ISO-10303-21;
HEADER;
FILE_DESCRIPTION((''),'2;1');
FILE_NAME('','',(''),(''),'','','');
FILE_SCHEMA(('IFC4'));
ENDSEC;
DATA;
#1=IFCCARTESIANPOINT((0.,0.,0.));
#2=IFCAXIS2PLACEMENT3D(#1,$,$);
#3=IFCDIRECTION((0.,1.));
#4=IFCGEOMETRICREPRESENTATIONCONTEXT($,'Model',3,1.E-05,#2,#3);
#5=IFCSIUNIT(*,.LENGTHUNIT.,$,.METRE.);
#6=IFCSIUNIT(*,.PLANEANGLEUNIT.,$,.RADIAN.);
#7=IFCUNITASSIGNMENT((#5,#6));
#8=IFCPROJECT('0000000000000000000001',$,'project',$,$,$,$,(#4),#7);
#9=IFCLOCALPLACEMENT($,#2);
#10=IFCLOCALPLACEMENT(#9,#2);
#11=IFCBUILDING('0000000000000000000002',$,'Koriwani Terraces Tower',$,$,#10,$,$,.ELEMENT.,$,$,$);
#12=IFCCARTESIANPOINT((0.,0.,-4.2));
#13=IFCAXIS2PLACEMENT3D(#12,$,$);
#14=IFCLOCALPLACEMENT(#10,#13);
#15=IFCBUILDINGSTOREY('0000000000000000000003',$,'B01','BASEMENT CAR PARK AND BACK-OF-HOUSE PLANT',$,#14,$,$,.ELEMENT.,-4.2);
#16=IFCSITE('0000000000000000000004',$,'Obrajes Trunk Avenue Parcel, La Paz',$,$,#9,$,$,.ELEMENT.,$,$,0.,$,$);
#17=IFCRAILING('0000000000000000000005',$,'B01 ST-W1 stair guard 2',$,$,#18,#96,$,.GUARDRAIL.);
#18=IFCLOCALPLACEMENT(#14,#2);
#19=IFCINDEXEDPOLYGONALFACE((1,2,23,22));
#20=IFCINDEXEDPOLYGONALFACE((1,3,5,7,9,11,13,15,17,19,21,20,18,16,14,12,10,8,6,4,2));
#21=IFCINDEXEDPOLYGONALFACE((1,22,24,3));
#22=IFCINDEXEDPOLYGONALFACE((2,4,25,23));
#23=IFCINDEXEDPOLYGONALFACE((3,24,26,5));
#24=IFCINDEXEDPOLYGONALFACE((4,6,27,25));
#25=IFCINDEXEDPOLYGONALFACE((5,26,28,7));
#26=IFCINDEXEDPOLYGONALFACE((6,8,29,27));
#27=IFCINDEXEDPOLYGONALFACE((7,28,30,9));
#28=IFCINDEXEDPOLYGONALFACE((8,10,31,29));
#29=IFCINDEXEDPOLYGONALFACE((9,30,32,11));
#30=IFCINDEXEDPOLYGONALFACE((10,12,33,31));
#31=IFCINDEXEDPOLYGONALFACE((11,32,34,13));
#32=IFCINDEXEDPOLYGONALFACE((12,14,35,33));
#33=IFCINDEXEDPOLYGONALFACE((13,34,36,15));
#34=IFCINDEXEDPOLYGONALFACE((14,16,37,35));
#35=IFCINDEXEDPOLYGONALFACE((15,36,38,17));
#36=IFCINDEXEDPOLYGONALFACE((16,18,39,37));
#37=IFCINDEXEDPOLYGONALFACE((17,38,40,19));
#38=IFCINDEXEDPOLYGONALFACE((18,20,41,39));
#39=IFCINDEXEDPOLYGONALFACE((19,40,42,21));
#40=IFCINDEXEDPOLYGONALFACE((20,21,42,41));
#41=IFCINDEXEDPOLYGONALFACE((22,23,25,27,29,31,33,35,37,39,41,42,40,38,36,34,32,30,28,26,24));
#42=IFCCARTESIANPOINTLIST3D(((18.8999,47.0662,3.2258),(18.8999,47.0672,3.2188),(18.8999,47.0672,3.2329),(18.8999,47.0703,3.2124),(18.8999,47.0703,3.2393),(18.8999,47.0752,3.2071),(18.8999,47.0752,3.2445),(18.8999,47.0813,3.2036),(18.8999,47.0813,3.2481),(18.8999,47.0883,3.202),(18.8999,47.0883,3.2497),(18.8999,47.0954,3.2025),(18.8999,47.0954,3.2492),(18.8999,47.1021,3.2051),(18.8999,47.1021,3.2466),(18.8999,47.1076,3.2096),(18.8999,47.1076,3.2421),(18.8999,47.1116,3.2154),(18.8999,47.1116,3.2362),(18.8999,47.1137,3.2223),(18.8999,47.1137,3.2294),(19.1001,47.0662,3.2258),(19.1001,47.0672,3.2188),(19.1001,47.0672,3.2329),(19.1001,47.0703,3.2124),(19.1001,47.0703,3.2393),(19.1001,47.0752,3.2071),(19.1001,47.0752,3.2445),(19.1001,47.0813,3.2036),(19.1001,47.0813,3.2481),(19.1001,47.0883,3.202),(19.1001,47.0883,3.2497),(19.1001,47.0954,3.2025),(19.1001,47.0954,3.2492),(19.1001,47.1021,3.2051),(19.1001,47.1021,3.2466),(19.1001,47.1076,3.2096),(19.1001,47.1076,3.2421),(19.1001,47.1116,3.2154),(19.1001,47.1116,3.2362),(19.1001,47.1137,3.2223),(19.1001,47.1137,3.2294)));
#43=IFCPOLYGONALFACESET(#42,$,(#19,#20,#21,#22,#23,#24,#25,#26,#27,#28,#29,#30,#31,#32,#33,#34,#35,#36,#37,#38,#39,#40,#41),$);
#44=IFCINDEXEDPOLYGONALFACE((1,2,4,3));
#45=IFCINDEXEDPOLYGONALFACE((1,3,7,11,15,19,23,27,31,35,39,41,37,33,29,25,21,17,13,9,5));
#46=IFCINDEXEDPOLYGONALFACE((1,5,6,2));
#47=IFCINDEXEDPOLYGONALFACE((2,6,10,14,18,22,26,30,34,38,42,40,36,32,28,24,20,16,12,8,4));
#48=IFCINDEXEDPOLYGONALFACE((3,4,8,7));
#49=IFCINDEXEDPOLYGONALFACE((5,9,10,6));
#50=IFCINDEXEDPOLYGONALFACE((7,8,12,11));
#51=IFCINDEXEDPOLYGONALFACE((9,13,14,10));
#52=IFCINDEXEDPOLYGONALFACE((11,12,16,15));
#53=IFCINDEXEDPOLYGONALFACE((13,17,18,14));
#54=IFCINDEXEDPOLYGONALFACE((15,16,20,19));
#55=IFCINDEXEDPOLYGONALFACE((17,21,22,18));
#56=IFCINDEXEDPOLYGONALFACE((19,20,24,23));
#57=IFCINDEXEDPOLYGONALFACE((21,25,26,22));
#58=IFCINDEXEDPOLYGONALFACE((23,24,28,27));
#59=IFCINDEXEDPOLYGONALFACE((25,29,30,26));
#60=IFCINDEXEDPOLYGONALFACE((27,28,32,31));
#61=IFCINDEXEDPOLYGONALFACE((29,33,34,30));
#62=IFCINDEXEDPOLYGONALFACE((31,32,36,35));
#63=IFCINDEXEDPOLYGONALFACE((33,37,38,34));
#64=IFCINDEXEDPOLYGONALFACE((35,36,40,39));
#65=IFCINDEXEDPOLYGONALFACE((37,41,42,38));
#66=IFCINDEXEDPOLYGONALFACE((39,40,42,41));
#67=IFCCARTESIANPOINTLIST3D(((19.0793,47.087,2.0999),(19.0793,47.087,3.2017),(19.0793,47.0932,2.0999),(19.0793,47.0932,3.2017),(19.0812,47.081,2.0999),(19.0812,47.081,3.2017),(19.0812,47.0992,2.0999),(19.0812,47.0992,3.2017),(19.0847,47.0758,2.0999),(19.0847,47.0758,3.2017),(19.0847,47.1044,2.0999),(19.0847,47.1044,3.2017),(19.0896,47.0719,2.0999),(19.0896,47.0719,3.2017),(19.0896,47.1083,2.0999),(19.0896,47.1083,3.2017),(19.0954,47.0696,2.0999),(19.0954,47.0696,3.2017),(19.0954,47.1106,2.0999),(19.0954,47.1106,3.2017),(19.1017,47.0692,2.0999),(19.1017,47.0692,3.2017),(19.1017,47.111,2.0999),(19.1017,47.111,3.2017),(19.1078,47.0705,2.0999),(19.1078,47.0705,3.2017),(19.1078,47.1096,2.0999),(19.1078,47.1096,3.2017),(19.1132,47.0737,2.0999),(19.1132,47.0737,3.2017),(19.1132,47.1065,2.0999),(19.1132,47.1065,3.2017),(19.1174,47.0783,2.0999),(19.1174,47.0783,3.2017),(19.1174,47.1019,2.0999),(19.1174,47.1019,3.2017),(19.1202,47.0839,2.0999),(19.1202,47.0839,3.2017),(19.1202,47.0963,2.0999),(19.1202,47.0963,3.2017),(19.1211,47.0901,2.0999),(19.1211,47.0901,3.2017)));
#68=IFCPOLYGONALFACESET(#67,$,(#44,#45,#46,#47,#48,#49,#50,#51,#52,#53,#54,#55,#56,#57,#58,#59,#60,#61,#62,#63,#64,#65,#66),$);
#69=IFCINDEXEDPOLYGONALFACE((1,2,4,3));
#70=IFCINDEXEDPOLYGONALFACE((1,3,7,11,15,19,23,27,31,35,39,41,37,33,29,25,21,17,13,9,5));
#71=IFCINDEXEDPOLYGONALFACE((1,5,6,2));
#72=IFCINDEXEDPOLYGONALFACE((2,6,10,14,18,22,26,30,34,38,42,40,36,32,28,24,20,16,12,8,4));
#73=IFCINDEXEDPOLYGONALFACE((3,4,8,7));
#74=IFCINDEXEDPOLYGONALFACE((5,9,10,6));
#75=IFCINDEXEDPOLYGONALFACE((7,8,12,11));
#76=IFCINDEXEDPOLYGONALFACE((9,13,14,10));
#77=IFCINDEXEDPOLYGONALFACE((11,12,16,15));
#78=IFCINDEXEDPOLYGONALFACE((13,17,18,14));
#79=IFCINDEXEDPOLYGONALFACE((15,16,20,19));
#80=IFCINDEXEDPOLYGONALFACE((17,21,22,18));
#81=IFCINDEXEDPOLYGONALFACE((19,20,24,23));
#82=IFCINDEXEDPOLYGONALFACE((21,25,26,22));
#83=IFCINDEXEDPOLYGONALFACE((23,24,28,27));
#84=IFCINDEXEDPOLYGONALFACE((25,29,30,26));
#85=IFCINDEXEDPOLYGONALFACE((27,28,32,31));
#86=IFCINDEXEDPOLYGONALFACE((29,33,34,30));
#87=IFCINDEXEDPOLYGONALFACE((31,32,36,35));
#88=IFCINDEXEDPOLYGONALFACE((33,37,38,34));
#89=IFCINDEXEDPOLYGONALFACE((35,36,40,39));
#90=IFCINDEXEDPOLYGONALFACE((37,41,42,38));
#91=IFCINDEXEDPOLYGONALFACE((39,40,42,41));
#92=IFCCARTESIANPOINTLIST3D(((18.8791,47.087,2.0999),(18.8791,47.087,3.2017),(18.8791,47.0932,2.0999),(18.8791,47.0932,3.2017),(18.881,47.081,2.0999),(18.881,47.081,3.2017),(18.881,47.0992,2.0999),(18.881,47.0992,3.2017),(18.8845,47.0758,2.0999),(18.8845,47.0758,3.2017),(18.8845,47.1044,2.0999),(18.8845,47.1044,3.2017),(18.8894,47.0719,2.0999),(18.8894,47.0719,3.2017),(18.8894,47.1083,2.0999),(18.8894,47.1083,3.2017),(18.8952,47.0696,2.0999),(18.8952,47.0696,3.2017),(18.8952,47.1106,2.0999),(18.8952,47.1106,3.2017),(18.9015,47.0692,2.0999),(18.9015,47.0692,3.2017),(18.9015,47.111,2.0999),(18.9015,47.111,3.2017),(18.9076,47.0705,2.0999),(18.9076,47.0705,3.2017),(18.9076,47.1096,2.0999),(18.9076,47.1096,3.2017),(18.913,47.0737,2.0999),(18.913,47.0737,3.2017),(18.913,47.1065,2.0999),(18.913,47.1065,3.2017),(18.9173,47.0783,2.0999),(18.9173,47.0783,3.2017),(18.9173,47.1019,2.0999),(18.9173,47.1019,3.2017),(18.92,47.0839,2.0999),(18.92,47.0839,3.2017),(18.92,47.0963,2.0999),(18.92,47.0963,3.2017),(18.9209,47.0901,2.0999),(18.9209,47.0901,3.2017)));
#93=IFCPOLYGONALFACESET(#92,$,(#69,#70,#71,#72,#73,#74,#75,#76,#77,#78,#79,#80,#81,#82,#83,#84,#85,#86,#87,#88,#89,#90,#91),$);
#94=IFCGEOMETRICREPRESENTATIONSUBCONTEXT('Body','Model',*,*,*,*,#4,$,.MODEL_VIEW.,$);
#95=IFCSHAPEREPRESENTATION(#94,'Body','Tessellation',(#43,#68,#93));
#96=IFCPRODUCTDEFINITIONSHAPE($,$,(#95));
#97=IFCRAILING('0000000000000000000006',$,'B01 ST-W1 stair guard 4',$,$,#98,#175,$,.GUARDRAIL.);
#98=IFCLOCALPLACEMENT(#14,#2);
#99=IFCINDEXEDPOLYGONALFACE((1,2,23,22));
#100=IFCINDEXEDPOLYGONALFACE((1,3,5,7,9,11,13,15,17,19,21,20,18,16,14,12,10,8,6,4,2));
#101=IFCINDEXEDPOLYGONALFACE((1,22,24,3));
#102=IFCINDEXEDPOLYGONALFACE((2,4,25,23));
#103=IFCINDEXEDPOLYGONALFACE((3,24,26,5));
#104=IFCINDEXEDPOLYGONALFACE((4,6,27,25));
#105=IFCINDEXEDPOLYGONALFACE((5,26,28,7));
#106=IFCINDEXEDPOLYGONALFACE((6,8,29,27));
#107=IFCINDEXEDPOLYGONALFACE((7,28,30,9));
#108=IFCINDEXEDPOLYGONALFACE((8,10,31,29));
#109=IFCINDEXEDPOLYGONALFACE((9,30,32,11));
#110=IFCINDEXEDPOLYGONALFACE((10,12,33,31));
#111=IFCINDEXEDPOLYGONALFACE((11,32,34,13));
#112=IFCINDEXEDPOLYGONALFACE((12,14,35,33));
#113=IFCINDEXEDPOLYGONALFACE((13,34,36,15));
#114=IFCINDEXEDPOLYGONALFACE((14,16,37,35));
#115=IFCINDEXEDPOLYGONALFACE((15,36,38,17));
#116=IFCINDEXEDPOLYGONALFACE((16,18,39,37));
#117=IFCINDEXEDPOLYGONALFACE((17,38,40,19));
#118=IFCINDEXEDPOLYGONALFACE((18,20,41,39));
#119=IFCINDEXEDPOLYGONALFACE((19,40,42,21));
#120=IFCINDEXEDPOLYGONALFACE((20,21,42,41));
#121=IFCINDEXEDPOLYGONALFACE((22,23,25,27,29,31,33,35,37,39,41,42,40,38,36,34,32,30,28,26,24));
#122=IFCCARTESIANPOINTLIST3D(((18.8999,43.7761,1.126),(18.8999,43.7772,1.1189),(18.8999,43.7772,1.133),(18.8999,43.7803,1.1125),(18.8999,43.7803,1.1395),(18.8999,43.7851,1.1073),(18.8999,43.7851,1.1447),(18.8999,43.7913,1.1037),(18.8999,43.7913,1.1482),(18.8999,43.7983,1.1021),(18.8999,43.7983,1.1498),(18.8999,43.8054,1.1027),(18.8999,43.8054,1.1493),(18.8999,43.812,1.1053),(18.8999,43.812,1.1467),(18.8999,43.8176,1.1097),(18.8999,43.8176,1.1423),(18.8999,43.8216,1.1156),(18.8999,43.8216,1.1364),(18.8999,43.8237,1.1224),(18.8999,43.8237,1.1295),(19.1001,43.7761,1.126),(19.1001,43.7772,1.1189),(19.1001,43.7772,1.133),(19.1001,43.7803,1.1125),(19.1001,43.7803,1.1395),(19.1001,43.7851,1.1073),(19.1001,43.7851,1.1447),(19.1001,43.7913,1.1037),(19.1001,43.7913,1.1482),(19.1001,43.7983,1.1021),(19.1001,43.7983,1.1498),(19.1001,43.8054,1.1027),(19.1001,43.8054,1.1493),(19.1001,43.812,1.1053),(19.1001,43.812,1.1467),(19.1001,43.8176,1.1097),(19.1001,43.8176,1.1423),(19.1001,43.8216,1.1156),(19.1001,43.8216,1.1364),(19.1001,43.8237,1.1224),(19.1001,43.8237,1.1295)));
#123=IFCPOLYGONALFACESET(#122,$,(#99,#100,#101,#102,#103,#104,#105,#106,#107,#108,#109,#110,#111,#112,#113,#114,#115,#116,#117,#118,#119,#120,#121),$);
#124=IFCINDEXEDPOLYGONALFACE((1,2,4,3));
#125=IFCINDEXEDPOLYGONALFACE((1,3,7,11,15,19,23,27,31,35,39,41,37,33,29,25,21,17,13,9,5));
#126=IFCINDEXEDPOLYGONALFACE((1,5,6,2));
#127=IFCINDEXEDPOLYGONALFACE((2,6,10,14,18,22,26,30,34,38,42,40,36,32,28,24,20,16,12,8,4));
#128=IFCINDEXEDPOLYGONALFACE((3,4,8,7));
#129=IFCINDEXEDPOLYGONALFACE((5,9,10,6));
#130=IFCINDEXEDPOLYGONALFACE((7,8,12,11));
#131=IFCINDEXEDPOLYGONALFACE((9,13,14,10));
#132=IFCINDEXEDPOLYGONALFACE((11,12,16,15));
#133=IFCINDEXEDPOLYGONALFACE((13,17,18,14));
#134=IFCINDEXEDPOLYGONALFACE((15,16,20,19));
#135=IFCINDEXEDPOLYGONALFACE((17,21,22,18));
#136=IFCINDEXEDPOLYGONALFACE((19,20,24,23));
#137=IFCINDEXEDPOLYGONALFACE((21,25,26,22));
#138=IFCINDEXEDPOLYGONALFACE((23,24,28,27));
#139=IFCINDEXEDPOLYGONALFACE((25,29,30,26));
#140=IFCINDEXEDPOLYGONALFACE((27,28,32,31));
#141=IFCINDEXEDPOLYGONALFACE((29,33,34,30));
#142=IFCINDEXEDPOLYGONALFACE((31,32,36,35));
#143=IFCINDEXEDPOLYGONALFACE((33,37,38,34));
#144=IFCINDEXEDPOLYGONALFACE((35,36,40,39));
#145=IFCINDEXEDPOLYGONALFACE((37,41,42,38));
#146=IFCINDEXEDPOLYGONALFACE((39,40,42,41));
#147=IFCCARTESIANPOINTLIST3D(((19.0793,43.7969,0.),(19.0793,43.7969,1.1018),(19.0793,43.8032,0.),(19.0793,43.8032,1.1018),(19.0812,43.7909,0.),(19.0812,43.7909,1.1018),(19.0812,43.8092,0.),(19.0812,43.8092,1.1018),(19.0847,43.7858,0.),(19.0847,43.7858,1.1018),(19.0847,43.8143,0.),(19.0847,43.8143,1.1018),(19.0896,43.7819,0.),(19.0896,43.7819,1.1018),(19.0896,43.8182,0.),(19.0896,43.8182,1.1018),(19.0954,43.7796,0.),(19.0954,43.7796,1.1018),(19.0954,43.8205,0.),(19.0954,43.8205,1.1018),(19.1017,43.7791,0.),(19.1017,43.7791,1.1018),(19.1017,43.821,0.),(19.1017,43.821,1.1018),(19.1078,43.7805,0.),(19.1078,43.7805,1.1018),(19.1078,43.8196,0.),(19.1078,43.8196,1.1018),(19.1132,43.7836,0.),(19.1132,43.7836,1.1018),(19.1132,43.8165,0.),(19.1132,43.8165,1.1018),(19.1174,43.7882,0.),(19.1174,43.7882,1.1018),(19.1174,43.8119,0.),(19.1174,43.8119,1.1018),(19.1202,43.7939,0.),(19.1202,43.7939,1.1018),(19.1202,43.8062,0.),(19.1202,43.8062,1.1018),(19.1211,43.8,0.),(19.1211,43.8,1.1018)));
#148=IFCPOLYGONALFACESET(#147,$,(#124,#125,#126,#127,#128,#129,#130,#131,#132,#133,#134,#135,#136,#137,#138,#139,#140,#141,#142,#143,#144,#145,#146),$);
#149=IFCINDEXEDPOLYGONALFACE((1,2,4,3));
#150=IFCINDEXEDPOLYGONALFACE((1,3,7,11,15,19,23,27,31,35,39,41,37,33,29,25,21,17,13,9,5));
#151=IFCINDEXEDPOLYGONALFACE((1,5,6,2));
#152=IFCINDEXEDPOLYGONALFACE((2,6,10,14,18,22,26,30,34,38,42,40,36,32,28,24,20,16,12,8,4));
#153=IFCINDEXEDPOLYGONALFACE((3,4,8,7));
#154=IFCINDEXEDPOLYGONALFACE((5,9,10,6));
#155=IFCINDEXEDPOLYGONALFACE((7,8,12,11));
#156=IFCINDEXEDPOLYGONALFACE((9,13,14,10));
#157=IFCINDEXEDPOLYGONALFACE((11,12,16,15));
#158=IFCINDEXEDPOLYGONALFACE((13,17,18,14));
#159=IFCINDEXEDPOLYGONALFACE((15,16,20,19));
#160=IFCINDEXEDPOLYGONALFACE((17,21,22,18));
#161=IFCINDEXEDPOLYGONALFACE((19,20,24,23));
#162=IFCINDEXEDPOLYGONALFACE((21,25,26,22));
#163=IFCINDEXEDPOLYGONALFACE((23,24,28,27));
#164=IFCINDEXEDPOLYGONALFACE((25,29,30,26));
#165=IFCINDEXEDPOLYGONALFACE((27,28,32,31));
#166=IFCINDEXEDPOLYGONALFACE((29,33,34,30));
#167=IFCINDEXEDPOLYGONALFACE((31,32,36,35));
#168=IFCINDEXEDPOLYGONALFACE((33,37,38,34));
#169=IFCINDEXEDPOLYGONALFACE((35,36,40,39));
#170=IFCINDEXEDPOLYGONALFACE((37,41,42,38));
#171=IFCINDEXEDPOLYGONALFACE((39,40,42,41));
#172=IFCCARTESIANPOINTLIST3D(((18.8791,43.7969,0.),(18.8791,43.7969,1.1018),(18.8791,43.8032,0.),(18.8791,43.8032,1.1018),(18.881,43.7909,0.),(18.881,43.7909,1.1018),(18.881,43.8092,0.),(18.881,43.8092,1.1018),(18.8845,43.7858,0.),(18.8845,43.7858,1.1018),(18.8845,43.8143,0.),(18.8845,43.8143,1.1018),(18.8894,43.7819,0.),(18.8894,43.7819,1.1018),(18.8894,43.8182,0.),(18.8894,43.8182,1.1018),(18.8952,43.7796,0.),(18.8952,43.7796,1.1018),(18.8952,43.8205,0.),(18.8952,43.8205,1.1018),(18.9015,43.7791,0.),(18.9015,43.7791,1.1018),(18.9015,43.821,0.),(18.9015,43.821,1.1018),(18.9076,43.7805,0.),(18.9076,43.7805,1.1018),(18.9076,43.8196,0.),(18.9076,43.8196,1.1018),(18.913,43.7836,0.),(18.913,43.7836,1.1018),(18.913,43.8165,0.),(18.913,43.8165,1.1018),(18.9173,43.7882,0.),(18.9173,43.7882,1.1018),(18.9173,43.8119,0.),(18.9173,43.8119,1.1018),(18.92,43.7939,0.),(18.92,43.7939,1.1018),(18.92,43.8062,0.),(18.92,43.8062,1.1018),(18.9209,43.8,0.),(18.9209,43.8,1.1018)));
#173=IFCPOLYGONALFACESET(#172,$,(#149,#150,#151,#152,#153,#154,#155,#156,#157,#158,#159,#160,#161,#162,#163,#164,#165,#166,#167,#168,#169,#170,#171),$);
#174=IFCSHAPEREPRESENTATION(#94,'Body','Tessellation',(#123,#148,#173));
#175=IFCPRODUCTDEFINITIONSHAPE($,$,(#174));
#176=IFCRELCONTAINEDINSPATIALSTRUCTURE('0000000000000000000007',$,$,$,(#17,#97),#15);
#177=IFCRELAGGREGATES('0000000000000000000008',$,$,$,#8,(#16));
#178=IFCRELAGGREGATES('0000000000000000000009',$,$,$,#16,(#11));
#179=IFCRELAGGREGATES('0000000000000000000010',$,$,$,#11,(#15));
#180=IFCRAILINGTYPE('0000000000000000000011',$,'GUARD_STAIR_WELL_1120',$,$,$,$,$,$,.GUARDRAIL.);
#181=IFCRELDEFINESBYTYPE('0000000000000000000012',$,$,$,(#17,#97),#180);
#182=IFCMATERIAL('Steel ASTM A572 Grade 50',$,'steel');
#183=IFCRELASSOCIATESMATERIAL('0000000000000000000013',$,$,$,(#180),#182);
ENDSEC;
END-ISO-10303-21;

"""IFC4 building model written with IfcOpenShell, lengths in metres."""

from ifc_helpers import new_model, si_unit, direction, frame, origin, origin_2d, place, context, subcontext, project, spatial, circle, extrude, material, type_object, element, save


model = new_model("IFC4")

# Units and contexts
model_context = context("Model", 3, precision=1e-05, world=origin(), true_north=direction((0.0, 1.0)))
body_context = subcontext(model_context, "Body", "Model", "MODEL_VIEW")
ifc_project = project(units=[si_unit("LENGTHUNIT", "METRE"), si_unit("PLANEANGLEUNIT", "RADIAN")], contexts=[model_context])

# Site, building, storey
site_placement = place(None, origin())
site = spatial("IfcSite", under=ifc_project, at=site_placement, Name="Obrajes Trunk Avenue Parcel, La Paz", CompositionType="ELEMENT", RefElevation=0.0)
building_placement = place(site_placement, origin())
building = spatial("IfcBuilding", under=site, at=building_placement, Name="Koriwani Terraces Tower", CompositionType="ELEMENT")
storey_placement = place(building_placement, frame((0.0, 0.0, -4.2)))
storey = spatial("IfcBuildingStorey", under=building, at=storey_placement, Name="B01", Description="BASEMENT CAR PARK AND BACK-OF-HOUSE PLANT", CompositionType="ELEMENT", Elevation=-4.2)

# Shared definitions
ifc_material_1 = material(Name="Steel ASTM A572 Grade 50", Category="steel")

# Railings
railing_type_1 = type_object("IfcRailingType", Name="GUARD_STAIR_WELL_1120", PredefinedType="GUARDRAIL", material=ifc_material_1)
for number, where, name in (
    (1, (19.1001, 47.0901, 2.0999), "B01 ST-W1 stair guard 2"),
    (2, (19.1001, 43.8, 0.0), "B01 ST-W1 stair guard 4"),
):
    element("IfcRailing", number, at=place(storey_placement, frame(where)), inside=storey, type_object=railing_type_1, Name=name, PredefinedType="GUARDRAIL", context=body_context, shape_type="SweptSolid", body=[
        extrude(circle(Radius=0.0239, at=origin_2d()), frame((0.0, 0.0, 1.126), z_axis=(-1.0, 0.0, 0.0), x_axis=(0.0, -1.0, 0.0)), (0.0, 0.0, 1.0), 0.2002),
        extrude(circle(Radius=0.021, at=origin_2d()), origin(), (0.0, 0.0, 1.0), 1.1018),
        extrude(circle(Radius=0.021, at=origin_2d()), frame((-0.2002, 0.0, 0.0)), (0.0, 0.0, 1.0), 1.1018),
    ])

save(model, "model.ifc")
